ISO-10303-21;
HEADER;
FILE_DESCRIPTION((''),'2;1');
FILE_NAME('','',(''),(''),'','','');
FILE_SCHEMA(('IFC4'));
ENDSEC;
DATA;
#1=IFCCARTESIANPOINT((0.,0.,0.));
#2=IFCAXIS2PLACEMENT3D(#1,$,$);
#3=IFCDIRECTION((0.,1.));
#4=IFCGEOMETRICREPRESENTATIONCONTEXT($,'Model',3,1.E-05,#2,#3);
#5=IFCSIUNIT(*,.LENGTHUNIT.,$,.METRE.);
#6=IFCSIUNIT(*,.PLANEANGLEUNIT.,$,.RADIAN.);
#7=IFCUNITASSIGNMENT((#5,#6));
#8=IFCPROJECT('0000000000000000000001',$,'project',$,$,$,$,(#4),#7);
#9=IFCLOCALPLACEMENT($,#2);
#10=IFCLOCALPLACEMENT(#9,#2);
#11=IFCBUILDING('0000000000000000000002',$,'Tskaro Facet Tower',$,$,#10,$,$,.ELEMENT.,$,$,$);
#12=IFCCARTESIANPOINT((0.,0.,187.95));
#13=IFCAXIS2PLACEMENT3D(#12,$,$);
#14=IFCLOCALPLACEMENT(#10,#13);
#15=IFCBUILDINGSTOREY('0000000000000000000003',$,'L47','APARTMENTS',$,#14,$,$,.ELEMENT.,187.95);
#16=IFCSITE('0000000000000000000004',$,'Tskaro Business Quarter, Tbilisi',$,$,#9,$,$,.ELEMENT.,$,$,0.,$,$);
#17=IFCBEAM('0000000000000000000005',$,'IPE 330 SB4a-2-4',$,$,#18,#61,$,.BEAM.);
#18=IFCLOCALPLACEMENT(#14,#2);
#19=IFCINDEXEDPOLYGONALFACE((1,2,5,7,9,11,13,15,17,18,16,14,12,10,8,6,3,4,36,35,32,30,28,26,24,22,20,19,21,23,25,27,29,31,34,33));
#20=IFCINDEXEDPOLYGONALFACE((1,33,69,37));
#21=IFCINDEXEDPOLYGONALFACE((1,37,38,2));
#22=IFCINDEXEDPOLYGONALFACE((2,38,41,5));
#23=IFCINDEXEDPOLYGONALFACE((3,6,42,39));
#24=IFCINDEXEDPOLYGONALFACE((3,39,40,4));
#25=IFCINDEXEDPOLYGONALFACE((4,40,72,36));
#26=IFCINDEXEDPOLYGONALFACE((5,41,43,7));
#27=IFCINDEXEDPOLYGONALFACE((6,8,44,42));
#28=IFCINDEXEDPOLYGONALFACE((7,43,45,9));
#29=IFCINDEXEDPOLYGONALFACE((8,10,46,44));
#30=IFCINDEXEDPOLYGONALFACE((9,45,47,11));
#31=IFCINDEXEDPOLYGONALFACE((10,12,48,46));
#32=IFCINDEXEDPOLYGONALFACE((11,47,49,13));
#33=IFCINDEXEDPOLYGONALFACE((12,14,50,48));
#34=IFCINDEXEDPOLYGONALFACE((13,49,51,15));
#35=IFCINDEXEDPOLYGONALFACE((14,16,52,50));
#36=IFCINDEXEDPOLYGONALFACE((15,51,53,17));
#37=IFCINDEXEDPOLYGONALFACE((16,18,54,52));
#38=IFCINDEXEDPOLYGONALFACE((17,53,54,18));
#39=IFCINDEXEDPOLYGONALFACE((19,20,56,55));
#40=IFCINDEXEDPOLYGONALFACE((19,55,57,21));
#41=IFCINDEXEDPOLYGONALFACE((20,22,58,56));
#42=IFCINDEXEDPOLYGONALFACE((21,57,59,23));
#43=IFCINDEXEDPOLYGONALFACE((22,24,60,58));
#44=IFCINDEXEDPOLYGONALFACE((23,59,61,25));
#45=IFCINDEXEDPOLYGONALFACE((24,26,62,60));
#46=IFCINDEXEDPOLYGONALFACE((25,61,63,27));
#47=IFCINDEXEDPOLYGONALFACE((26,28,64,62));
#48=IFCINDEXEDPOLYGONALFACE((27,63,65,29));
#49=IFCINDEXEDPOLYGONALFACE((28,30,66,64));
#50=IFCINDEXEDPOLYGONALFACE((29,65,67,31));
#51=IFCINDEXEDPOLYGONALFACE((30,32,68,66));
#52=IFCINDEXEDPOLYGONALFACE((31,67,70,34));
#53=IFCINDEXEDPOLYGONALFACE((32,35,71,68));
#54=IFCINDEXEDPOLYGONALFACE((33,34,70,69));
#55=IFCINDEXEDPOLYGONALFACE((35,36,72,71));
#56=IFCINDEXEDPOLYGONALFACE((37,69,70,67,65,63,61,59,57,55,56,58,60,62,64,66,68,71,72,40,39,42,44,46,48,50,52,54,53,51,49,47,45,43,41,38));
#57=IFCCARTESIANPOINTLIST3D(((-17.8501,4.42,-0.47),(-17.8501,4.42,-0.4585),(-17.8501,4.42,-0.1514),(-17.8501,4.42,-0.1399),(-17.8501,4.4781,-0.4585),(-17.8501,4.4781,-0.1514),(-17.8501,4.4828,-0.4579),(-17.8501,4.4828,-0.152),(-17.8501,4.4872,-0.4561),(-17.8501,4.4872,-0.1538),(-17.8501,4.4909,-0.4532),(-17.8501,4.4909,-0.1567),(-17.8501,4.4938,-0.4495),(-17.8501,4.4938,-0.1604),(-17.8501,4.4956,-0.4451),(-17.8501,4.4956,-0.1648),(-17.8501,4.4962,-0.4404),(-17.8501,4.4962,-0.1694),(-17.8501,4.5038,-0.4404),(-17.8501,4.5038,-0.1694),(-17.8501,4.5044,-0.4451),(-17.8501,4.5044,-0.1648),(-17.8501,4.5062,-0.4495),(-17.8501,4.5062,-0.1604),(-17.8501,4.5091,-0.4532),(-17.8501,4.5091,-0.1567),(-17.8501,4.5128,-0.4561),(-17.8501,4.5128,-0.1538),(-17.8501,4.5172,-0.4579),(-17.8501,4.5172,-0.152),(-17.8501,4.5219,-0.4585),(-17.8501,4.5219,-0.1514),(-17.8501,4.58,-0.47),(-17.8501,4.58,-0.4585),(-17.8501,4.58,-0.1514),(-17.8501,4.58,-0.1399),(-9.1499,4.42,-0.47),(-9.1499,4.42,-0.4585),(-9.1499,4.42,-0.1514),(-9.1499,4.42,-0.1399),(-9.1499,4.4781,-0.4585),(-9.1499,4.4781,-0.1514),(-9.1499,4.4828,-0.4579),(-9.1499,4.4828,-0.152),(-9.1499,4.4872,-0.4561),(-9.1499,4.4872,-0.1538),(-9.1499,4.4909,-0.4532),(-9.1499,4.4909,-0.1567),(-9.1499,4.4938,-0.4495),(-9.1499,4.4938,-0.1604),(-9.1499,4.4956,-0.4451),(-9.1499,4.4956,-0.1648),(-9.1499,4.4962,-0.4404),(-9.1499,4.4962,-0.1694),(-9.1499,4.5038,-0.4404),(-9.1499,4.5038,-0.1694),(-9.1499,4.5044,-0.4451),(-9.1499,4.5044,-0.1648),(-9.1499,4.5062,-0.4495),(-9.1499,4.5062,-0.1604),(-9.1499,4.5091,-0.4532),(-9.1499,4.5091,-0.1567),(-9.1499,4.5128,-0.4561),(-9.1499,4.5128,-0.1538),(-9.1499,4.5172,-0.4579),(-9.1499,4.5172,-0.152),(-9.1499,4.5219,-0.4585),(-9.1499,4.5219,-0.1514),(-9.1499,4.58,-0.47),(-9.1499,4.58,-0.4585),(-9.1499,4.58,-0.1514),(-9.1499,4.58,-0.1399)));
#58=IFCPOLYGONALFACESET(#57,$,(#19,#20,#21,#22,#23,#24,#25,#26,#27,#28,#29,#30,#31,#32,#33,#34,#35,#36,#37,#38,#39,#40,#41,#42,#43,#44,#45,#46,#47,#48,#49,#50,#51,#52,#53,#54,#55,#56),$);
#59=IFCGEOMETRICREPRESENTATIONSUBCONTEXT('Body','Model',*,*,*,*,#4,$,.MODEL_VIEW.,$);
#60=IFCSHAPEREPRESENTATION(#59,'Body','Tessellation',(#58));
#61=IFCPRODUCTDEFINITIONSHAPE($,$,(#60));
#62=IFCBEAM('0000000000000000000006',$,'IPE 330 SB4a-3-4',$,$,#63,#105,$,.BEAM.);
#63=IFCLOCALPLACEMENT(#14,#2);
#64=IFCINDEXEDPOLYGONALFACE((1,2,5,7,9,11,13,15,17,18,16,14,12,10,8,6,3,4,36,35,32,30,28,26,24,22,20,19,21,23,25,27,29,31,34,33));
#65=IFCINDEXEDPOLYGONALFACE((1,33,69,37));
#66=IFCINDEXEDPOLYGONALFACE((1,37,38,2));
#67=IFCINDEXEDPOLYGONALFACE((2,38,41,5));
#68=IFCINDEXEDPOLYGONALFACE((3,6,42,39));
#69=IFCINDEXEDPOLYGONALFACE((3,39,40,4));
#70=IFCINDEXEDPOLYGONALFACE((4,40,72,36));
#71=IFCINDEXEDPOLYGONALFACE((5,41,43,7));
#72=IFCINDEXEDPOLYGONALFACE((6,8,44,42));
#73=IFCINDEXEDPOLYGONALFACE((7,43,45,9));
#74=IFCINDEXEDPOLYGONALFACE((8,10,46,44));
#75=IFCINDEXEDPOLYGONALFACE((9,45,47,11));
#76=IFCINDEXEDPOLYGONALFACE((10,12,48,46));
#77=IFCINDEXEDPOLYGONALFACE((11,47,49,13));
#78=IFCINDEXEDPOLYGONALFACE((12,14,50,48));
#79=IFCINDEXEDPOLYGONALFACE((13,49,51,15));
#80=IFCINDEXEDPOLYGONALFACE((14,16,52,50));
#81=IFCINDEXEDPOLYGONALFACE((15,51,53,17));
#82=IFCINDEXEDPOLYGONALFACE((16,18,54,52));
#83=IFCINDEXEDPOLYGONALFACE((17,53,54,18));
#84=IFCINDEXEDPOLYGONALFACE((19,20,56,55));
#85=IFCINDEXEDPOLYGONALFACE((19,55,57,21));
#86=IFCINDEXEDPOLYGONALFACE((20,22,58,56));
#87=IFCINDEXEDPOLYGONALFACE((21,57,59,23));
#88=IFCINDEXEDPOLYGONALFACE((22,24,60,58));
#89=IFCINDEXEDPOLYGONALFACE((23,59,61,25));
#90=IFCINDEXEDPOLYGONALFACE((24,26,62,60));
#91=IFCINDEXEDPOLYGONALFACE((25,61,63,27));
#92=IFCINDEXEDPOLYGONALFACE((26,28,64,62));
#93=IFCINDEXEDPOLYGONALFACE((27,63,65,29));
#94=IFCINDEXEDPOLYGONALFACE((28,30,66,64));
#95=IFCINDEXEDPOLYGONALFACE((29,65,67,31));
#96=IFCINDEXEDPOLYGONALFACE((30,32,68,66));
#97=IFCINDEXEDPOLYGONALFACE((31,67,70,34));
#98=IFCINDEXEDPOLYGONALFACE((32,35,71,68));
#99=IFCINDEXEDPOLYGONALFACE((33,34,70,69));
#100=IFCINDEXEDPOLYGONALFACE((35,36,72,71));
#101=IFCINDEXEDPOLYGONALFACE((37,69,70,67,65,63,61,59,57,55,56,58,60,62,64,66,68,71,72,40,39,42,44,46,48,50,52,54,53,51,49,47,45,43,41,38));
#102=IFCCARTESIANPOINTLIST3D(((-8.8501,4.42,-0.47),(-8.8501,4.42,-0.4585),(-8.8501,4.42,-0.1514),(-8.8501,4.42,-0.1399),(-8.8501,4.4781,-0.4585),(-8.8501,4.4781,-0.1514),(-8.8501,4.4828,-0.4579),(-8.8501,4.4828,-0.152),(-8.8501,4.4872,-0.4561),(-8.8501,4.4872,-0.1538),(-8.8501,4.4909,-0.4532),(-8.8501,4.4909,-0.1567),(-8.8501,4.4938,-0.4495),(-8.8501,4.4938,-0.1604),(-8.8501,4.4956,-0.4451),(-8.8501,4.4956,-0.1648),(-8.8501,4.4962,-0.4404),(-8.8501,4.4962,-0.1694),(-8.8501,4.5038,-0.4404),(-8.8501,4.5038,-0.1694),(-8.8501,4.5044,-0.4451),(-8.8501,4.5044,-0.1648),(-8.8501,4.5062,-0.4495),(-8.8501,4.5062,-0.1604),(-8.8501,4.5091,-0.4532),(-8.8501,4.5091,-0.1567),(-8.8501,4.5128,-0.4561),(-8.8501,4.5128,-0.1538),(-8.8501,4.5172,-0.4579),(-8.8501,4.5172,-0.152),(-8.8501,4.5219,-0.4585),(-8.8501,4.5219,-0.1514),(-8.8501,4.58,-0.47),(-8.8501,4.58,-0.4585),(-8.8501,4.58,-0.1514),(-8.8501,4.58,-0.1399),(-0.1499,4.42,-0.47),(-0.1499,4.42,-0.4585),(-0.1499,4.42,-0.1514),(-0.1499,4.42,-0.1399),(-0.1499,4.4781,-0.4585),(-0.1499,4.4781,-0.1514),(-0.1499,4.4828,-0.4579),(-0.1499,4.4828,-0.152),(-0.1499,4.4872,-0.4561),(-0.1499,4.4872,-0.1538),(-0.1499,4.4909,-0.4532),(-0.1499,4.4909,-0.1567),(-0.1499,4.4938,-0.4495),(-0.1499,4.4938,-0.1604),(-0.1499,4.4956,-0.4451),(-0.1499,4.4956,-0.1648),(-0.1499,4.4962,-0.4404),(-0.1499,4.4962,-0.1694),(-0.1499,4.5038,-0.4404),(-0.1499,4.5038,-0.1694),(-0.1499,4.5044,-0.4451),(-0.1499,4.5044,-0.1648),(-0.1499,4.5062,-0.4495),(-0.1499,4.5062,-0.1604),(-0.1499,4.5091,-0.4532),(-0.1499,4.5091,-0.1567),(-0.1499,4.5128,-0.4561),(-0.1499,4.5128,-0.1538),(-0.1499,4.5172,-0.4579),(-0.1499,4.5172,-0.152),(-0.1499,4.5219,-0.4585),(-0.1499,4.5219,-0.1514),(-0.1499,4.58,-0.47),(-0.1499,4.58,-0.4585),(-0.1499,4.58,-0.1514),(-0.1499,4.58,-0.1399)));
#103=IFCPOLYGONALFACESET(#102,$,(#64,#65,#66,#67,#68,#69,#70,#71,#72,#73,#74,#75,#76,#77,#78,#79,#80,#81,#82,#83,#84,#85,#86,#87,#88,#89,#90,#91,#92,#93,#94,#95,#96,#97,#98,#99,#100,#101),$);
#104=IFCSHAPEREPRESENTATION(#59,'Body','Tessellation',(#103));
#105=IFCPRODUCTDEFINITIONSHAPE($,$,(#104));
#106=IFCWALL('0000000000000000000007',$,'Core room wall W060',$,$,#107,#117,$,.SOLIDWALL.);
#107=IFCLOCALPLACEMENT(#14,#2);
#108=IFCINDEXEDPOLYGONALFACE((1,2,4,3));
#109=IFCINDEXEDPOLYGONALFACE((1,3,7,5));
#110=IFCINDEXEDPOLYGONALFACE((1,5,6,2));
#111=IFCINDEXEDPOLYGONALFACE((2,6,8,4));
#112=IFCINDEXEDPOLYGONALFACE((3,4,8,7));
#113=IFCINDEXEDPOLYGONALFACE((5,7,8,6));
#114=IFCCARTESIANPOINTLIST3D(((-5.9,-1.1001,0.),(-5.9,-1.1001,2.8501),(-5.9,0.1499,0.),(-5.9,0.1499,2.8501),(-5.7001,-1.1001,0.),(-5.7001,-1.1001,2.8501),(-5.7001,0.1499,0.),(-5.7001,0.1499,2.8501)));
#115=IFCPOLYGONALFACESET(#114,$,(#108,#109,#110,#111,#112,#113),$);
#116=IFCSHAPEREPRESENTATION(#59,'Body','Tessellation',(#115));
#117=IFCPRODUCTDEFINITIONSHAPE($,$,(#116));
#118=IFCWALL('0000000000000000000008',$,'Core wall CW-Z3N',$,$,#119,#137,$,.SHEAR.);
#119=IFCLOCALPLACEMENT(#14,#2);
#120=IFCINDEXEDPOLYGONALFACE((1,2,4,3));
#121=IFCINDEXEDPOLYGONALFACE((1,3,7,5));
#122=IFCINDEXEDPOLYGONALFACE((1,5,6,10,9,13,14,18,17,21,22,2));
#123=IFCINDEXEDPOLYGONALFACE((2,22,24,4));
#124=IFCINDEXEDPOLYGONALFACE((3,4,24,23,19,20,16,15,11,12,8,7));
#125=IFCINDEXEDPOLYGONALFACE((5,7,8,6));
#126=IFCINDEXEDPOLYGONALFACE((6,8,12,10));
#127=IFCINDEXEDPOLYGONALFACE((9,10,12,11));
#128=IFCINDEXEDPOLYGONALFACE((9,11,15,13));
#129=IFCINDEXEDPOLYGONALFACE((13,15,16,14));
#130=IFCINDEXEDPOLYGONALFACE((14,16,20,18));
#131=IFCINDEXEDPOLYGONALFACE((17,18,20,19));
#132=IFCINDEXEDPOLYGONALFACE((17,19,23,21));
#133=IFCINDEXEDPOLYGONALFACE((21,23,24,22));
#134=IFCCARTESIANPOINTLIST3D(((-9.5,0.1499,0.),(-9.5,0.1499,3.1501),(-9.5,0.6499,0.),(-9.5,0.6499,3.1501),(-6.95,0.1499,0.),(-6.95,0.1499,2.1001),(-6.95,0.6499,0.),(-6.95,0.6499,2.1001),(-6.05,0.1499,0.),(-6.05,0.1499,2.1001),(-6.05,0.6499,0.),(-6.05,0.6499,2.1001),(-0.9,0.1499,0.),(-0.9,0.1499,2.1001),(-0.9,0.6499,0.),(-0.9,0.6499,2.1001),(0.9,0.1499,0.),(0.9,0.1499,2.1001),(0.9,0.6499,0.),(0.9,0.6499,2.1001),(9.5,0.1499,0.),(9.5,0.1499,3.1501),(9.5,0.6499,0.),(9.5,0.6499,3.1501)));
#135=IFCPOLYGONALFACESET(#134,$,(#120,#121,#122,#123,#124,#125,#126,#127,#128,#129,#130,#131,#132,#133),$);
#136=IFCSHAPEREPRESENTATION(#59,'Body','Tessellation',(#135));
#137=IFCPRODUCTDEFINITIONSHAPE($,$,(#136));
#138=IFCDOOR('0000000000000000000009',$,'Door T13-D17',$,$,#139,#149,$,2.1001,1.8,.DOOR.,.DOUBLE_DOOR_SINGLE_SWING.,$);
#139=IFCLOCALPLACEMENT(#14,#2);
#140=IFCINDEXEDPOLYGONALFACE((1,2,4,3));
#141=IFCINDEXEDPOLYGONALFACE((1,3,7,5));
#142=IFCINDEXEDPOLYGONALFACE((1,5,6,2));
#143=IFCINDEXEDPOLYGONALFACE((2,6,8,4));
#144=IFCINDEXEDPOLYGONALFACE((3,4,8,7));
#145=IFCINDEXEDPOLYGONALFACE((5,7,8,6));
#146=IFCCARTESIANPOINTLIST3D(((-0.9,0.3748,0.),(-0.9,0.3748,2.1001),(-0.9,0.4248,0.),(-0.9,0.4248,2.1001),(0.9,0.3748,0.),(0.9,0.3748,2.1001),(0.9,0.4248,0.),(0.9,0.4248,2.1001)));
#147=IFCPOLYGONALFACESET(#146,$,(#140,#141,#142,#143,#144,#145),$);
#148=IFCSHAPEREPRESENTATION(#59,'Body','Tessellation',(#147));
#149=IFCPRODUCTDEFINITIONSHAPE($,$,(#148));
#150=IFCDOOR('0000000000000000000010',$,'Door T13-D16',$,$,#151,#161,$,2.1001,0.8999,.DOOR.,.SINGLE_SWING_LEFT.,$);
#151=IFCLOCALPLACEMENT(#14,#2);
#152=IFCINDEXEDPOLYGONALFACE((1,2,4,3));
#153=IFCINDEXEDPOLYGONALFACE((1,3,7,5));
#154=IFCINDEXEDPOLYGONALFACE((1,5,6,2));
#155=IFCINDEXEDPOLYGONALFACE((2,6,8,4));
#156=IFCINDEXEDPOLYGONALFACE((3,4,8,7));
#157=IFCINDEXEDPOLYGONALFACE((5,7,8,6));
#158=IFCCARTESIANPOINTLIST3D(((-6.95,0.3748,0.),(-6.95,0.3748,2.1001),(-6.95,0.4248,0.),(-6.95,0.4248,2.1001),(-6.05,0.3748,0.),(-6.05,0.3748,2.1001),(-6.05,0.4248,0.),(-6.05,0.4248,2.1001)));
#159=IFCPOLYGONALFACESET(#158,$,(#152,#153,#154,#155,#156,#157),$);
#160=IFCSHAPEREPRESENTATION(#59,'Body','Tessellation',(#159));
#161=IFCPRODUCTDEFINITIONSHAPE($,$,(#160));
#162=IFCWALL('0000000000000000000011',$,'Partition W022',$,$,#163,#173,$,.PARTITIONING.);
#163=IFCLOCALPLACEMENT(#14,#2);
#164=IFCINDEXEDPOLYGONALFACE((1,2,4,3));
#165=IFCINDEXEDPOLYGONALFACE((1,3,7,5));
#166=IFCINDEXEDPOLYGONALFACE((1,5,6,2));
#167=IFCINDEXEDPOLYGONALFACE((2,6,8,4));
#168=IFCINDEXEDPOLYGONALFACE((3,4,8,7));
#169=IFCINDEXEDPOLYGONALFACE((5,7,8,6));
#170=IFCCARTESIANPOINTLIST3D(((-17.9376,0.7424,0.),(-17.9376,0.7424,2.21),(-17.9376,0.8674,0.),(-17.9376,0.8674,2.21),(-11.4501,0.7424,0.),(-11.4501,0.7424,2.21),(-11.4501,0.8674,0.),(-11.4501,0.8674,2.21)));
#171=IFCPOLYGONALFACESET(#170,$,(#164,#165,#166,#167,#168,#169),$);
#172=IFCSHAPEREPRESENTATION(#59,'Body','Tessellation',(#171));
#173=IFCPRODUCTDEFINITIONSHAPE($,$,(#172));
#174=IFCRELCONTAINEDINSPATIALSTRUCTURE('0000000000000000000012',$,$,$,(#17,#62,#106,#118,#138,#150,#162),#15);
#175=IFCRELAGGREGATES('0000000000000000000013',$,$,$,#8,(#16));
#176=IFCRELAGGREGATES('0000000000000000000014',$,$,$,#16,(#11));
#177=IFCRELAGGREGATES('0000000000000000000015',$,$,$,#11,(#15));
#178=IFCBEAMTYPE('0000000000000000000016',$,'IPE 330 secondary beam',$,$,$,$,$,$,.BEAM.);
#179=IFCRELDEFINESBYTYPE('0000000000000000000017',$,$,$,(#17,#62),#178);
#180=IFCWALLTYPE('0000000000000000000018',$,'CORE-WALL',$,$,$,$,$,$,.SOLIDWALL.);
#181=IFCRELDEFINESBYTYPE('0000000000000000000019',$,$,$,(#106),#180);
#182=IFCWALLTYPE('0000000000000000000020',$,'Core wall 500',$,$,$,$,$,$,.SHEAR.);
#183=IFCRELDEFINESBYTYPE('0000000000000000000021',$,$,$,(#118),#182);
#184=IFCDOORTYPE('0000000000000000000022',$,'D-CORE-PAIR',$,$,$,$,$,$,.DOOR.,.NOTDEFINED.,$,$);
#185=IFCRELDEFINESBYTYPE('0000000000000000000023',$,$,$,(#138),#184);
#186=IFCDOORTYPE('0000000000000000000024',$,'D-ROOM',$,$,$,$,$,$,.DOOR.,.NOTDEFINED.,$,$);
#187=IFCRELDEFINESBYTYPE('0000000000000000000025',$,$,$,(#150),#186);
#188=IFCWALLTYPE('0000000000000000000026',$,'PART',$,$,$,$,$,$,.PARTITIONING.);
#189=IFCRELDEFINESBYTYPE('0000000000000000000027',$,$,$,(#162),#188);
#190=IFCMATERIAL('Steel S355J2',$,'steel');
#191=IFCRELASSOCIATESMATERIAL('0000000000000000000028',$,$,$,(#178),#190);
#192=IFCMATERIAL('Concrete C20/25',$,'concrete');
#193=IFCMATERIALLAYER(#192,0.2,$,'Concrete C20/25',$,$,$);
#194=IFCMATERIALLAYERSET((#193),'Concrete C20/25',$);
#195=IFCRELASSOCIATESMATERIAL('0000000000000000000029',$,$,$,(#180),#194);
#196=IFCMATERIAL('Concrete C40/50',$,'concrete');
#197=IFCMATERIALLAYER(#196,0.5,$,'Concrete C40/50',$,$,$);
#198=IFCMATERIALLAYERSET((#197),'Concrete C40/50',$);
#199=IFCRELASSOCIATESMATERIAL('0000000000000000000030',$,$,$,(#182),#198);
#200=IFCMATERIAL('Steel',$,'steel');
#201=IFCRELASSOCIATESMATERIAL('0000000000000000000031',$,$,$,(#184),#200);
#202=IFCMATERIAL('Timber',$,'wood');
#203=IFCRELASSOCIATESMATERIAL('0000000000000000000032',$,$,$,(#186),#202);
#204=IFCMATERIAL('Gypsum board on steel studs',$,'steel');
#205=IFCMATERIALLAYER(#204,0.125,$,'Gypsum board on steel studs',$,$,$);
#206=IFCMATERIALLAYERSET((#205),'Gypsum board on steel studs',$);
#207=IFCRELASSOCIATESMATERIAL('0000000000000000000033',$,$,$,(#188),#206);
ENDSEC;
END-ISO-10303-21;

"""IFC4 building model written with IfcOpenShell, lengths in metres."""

from ifc_helpers import new_model, si_unit, direction, frame, frame_2d, origin, origin_2d, place, context, subcontext, project, spatial, rectangle, i_section, extrude, material, layer, layer_set, material_profile, profile_set, type_object, element, fill, save


model = new_model("IFC4")

# Units and contexts
model_context = context("Model", 3, precision=1e-05, world=origin(), true_north=direction((0.0, 1.0)))
body_context = subcontext(model_context, "Body", "Model", "MODEL_VIEW")
ifc_project = project(units=[si_unit("LENGTHUNIT", "METRE"), si_unit("PLANEANGLEUNIT", "RADIAN")], contexts=[model_context])

# Site, building, storey
site_placement = place(None, origin())
site = spatial("IfcSite", under=ifc_project, at=site_placement, Name="Tskaro Business Quarter, Tbilisi", CompositionType="ELEMENT", RefElevation=0.0)
building_placement = place(site_placement, origin())
building = spatial("IfcBuilding", under=site, at=building_placement, Name="Tskaro Facet Tower", CompositionType="ELEMENT")
storey_placement = place(building_placement, frame((0.0, 0.0, 187.95)))
storey = spatial("IfcBuildingStorey", under=building, at=storey_placement, Name="L47", Description="APARTMENTS", CompositionType="ELEMENT", Elevation=187.95)

# Beams
ifc_material_1 = material(Name="Steel S355J2", Category="steel")
ifc_material_profile_1 = material_profile(ifc_material_1, i_section(OverallWidth=0.1599, OverallDepth=0.3301, WebThickness=0.0076, FlangeThickness=0.0115, FilletRadius=0.0181, at=origin_2d()), Name="IPE 330")
ifc_profile_set_1 = profile_set([ifc_material_profile_1], Name="Steel S355J2")
beam_type_1 = type_object("IfcBeamType", Name="IPE 330 secondary beam", PredefinedType="BEAM", material=ifc_profile_set_1)
for number, where, z_axis, x_axis, name in (
    (1, (-17.8501, 4.5, -0.3049), (1.0, 0.0, 0.0), (0.0, 1.0, 0.0), "IPE 330 SB4a-2-4"),
    (2, (-8.8501, 4.5, -0.3049), (1.0, 0.0, 0.0), (0.0, 1.0, 0.0), "IPE 330 SB4a-3-4"),
):
    element("IfcBeam", number, at=place(storey_placement, frame(where, z_axis=z_axis, x_axis=x_axis)), inside=storey, type_object=beam_type_1, Name=name, PredefinedType="BEAM", context=body_context, shape_type="SweptSolid", body=[
        extrude(i_section(OverallWidth=0.1599, OverallDepth=0.3301, WebThickness=0.0076, FlangeThickness=0.0115, FilletRadius=0.0181, at=origin_2d()), origin(), (0.0, 0.0, 1.0), 8.7002),
    ])

# Wall
ifc_material_2 = material(Name="Concrete C20/25", Category="concrete")
ifc_layer_1 = layer(ifc_material_2, 0.2, Name="Concrete C20/25")
ifc_layer_set_1 = layer_set([ifc_layer_1], Name="Concrete C20/25")
wall_type_1 = type_object("IfcWallType", Name="CORE-WALL", PredefinedType="SOLIDWALL", material=ifc_layer_set_1)
wall_1_placement = place(storey_placement, frame((-5.8, -1.1001, 0.0), z_axis=(0.0, 0.0, 1.0), x_axis=(0.0, 1.0, 0.0)))
element("IfcWall", 3, at=wall_1_placement, inside=storey, type_object=wall_type_1, Name="Core room wall W060", PredefinedType="SOLIDWALL", context=body_context, shape_type="SweptSolid", body=[
    extrude(rectangle(XDim=1.25, YDim=0.2, at=frame_2d((0.625, 0.0))), origin(), (0.0, 0.0, 1.0), 2.8501),
])

# Wall, openings, doors
ifc_material_3 = material(Name="Concrete C40/50", Category="concrete")
ifc_layer_2 = layer(ifc_material_3, 0.5, Name="Concrete C40/50")
ifc_layer_set_2 = layer_set([ifc_layer_2], Name="Concrete C40/50")
wall_type_2 = type_object("IfcWallType", Name="Core wall 500", PredefinedType="SHEAR", material=ifc_layer_set_2)
wall_2_placement = place(storey_placement, frame((-9.5, 0.3999, 0.0), z_axis=(0.0, 0.0, 1.0), x_axis=(1.0, 0.0, 0.0)))
wall_2 = element("IfcWall", 4, at=wall_2_placement, inside=storey, type_object=wall_type_2, Name="Core wall CW-Z3N", PredefinedType="SHEAR", context=body_context, shape_type="SweptSolid", body=[
    extrude(rectangle(XDim=19.0, YDim=0.5, at=frame_2d((9.5, 0.0))), origin(), (0.0, 0.0, 1.0), 3.1501),
])
opening_1_placement = place(wall_2_placement, frame((8.6001, 0.0, 0.0)))
opening_1 = element("IfcOpeningElement", 5, at=opening_1_placement, cuts=wall_2, PredefinedType="OPENING", context=body_context, shape_type="SweptSolid", body=[
    extrude(rectangle(XDim=1.8, YDim=2.1001, at=frame_2d((0.8999, 1.05))), frame((0.0, 0.26, 0.0), z_axis=(0.0, -1.0, 0.0), x_axis=(1.0, 0.0, 0.0)), (0.0, 0.0, 1.0), 0.52),
])
opening_2_placement = place(wall_2_placement, frame((2.55, 0.0, 0.0)))
opening_2 = element("IfcOpeningElement", 6, at=opening_2_placement, cuts=wall_2, PredefinedType="OPENING", context=body_context, shape_type="SweptSolid", body=[
    extrude(rectangle(XDim=0.8999, YDim=2.1001, at=frame_2d((0.45, 1.05))), frame((0.0, 0.26, 0.0), z_axis=(0.0, -1.0, 0.0), x_axis=(1.0, 0.0, 0.0)), (0.0, 0.0, 1.0), 0.52),
])
ifc_material_4 = material(Name="Steel", Category="steel")
door_type_1 = type_object("IfcDoorType", Name="D-CORE-PAIR", OperationType="NOTDEFINED", PredefinedType="DOOR", material=ifc_material_4)
door_1_placement = place(opening_1_placement, origin())
door_1 = element("IfcDoor", 7, at=door_1_placement, inside=storey, type_object=door_type_1, Name="Door T13-D17", OperationType="DOUBLE_DOOR_SINGLE_SWING", OverallHeight=2.1001, OverallWidth=1.8, PredefinedType="DOOR", context=body_context, shape_type="SweptSolid", body=[
    extrude(rectangle(XDim=1.8, YDim=2.1001, at=frame_2d((0.8999, 1.05))), frame((0.0, 0.0249, 0.0), z_axis=(0.0, -1.0, 0.0), x_axis=(1.0, 0.0, 0.0)), (0.0, 0.0, 1.0), 0.05),
])
fill(opening_1, door_1)
ifc_material_5 = material(Name="Timber", Category="wood")
door_type_2 = type_object("IfcDoorType", Name="D-ROOM", OperationType="NOTDEFINED", PredefinedType="DOOR", material=ifc_material_5)
door_2_placement = place(opening_2_placement, origin())
door_2 = element("IfcDoor", 8, at=door_2_placement, inside=storey, type_object=door_type_2, Name="Door T13-D16", OperationType="SINGLE_SWING_LEFT", OverallHeight=2.1001, OverallWidth=0.8999, PredefinedType="DOOR", context=body_context, shape_type="SweptSolid", body=[
    extrude(rectangle(XDim=0.8999, YDim=2.1001, at=frame_2d((0.45, 1.05))), frame((0.0, 0.0249, 0.0), z_axis=(0.0, -1.0, 0.0), x_axis=(1.0, 0.0, 0.0)), (0.0, 0.0, 1.0), 0.05),
])
fill(opening_2, door_2)

# Wall
ifc_material_6 = material(Name="Gypsum board on steel studs", Category="steel")
ifc_layer_3 = layer(ifc_material_6, 0.125, Name="Gypsum board on steel studs")
ifc_layer_set_3 = layer_set([ifc_layer_3], Name="Gypsum board on steel studs")
wall_type_3 = type_object("IfcWallType", Name="PART", PredefinedType="PARTITIONING", material=ifc_layer_set_3)
wall_3_placement = place(storey_placement, frame((-17.9375, 0.8049, 0.0), z_axis=(0.0, 0.0, 1.0), x_axis=(1.0, 0.0, 0.0)))
element("IfcWall", 9, at=wall_3_placement, inside=storey, type_object=wall_type_3, Name="Partition W022", PredefinedType="PARTITIONING", context=body_context, shape_type="SweptSolid", body=[
    extrude(rectangle(XDim=6.4875, YDim=0.125, at=frame_2d((3.2437, 0.0))), origin(), (0.0, 0.0, 1.0), 2.21),
])

save(model, "model.ifc")
